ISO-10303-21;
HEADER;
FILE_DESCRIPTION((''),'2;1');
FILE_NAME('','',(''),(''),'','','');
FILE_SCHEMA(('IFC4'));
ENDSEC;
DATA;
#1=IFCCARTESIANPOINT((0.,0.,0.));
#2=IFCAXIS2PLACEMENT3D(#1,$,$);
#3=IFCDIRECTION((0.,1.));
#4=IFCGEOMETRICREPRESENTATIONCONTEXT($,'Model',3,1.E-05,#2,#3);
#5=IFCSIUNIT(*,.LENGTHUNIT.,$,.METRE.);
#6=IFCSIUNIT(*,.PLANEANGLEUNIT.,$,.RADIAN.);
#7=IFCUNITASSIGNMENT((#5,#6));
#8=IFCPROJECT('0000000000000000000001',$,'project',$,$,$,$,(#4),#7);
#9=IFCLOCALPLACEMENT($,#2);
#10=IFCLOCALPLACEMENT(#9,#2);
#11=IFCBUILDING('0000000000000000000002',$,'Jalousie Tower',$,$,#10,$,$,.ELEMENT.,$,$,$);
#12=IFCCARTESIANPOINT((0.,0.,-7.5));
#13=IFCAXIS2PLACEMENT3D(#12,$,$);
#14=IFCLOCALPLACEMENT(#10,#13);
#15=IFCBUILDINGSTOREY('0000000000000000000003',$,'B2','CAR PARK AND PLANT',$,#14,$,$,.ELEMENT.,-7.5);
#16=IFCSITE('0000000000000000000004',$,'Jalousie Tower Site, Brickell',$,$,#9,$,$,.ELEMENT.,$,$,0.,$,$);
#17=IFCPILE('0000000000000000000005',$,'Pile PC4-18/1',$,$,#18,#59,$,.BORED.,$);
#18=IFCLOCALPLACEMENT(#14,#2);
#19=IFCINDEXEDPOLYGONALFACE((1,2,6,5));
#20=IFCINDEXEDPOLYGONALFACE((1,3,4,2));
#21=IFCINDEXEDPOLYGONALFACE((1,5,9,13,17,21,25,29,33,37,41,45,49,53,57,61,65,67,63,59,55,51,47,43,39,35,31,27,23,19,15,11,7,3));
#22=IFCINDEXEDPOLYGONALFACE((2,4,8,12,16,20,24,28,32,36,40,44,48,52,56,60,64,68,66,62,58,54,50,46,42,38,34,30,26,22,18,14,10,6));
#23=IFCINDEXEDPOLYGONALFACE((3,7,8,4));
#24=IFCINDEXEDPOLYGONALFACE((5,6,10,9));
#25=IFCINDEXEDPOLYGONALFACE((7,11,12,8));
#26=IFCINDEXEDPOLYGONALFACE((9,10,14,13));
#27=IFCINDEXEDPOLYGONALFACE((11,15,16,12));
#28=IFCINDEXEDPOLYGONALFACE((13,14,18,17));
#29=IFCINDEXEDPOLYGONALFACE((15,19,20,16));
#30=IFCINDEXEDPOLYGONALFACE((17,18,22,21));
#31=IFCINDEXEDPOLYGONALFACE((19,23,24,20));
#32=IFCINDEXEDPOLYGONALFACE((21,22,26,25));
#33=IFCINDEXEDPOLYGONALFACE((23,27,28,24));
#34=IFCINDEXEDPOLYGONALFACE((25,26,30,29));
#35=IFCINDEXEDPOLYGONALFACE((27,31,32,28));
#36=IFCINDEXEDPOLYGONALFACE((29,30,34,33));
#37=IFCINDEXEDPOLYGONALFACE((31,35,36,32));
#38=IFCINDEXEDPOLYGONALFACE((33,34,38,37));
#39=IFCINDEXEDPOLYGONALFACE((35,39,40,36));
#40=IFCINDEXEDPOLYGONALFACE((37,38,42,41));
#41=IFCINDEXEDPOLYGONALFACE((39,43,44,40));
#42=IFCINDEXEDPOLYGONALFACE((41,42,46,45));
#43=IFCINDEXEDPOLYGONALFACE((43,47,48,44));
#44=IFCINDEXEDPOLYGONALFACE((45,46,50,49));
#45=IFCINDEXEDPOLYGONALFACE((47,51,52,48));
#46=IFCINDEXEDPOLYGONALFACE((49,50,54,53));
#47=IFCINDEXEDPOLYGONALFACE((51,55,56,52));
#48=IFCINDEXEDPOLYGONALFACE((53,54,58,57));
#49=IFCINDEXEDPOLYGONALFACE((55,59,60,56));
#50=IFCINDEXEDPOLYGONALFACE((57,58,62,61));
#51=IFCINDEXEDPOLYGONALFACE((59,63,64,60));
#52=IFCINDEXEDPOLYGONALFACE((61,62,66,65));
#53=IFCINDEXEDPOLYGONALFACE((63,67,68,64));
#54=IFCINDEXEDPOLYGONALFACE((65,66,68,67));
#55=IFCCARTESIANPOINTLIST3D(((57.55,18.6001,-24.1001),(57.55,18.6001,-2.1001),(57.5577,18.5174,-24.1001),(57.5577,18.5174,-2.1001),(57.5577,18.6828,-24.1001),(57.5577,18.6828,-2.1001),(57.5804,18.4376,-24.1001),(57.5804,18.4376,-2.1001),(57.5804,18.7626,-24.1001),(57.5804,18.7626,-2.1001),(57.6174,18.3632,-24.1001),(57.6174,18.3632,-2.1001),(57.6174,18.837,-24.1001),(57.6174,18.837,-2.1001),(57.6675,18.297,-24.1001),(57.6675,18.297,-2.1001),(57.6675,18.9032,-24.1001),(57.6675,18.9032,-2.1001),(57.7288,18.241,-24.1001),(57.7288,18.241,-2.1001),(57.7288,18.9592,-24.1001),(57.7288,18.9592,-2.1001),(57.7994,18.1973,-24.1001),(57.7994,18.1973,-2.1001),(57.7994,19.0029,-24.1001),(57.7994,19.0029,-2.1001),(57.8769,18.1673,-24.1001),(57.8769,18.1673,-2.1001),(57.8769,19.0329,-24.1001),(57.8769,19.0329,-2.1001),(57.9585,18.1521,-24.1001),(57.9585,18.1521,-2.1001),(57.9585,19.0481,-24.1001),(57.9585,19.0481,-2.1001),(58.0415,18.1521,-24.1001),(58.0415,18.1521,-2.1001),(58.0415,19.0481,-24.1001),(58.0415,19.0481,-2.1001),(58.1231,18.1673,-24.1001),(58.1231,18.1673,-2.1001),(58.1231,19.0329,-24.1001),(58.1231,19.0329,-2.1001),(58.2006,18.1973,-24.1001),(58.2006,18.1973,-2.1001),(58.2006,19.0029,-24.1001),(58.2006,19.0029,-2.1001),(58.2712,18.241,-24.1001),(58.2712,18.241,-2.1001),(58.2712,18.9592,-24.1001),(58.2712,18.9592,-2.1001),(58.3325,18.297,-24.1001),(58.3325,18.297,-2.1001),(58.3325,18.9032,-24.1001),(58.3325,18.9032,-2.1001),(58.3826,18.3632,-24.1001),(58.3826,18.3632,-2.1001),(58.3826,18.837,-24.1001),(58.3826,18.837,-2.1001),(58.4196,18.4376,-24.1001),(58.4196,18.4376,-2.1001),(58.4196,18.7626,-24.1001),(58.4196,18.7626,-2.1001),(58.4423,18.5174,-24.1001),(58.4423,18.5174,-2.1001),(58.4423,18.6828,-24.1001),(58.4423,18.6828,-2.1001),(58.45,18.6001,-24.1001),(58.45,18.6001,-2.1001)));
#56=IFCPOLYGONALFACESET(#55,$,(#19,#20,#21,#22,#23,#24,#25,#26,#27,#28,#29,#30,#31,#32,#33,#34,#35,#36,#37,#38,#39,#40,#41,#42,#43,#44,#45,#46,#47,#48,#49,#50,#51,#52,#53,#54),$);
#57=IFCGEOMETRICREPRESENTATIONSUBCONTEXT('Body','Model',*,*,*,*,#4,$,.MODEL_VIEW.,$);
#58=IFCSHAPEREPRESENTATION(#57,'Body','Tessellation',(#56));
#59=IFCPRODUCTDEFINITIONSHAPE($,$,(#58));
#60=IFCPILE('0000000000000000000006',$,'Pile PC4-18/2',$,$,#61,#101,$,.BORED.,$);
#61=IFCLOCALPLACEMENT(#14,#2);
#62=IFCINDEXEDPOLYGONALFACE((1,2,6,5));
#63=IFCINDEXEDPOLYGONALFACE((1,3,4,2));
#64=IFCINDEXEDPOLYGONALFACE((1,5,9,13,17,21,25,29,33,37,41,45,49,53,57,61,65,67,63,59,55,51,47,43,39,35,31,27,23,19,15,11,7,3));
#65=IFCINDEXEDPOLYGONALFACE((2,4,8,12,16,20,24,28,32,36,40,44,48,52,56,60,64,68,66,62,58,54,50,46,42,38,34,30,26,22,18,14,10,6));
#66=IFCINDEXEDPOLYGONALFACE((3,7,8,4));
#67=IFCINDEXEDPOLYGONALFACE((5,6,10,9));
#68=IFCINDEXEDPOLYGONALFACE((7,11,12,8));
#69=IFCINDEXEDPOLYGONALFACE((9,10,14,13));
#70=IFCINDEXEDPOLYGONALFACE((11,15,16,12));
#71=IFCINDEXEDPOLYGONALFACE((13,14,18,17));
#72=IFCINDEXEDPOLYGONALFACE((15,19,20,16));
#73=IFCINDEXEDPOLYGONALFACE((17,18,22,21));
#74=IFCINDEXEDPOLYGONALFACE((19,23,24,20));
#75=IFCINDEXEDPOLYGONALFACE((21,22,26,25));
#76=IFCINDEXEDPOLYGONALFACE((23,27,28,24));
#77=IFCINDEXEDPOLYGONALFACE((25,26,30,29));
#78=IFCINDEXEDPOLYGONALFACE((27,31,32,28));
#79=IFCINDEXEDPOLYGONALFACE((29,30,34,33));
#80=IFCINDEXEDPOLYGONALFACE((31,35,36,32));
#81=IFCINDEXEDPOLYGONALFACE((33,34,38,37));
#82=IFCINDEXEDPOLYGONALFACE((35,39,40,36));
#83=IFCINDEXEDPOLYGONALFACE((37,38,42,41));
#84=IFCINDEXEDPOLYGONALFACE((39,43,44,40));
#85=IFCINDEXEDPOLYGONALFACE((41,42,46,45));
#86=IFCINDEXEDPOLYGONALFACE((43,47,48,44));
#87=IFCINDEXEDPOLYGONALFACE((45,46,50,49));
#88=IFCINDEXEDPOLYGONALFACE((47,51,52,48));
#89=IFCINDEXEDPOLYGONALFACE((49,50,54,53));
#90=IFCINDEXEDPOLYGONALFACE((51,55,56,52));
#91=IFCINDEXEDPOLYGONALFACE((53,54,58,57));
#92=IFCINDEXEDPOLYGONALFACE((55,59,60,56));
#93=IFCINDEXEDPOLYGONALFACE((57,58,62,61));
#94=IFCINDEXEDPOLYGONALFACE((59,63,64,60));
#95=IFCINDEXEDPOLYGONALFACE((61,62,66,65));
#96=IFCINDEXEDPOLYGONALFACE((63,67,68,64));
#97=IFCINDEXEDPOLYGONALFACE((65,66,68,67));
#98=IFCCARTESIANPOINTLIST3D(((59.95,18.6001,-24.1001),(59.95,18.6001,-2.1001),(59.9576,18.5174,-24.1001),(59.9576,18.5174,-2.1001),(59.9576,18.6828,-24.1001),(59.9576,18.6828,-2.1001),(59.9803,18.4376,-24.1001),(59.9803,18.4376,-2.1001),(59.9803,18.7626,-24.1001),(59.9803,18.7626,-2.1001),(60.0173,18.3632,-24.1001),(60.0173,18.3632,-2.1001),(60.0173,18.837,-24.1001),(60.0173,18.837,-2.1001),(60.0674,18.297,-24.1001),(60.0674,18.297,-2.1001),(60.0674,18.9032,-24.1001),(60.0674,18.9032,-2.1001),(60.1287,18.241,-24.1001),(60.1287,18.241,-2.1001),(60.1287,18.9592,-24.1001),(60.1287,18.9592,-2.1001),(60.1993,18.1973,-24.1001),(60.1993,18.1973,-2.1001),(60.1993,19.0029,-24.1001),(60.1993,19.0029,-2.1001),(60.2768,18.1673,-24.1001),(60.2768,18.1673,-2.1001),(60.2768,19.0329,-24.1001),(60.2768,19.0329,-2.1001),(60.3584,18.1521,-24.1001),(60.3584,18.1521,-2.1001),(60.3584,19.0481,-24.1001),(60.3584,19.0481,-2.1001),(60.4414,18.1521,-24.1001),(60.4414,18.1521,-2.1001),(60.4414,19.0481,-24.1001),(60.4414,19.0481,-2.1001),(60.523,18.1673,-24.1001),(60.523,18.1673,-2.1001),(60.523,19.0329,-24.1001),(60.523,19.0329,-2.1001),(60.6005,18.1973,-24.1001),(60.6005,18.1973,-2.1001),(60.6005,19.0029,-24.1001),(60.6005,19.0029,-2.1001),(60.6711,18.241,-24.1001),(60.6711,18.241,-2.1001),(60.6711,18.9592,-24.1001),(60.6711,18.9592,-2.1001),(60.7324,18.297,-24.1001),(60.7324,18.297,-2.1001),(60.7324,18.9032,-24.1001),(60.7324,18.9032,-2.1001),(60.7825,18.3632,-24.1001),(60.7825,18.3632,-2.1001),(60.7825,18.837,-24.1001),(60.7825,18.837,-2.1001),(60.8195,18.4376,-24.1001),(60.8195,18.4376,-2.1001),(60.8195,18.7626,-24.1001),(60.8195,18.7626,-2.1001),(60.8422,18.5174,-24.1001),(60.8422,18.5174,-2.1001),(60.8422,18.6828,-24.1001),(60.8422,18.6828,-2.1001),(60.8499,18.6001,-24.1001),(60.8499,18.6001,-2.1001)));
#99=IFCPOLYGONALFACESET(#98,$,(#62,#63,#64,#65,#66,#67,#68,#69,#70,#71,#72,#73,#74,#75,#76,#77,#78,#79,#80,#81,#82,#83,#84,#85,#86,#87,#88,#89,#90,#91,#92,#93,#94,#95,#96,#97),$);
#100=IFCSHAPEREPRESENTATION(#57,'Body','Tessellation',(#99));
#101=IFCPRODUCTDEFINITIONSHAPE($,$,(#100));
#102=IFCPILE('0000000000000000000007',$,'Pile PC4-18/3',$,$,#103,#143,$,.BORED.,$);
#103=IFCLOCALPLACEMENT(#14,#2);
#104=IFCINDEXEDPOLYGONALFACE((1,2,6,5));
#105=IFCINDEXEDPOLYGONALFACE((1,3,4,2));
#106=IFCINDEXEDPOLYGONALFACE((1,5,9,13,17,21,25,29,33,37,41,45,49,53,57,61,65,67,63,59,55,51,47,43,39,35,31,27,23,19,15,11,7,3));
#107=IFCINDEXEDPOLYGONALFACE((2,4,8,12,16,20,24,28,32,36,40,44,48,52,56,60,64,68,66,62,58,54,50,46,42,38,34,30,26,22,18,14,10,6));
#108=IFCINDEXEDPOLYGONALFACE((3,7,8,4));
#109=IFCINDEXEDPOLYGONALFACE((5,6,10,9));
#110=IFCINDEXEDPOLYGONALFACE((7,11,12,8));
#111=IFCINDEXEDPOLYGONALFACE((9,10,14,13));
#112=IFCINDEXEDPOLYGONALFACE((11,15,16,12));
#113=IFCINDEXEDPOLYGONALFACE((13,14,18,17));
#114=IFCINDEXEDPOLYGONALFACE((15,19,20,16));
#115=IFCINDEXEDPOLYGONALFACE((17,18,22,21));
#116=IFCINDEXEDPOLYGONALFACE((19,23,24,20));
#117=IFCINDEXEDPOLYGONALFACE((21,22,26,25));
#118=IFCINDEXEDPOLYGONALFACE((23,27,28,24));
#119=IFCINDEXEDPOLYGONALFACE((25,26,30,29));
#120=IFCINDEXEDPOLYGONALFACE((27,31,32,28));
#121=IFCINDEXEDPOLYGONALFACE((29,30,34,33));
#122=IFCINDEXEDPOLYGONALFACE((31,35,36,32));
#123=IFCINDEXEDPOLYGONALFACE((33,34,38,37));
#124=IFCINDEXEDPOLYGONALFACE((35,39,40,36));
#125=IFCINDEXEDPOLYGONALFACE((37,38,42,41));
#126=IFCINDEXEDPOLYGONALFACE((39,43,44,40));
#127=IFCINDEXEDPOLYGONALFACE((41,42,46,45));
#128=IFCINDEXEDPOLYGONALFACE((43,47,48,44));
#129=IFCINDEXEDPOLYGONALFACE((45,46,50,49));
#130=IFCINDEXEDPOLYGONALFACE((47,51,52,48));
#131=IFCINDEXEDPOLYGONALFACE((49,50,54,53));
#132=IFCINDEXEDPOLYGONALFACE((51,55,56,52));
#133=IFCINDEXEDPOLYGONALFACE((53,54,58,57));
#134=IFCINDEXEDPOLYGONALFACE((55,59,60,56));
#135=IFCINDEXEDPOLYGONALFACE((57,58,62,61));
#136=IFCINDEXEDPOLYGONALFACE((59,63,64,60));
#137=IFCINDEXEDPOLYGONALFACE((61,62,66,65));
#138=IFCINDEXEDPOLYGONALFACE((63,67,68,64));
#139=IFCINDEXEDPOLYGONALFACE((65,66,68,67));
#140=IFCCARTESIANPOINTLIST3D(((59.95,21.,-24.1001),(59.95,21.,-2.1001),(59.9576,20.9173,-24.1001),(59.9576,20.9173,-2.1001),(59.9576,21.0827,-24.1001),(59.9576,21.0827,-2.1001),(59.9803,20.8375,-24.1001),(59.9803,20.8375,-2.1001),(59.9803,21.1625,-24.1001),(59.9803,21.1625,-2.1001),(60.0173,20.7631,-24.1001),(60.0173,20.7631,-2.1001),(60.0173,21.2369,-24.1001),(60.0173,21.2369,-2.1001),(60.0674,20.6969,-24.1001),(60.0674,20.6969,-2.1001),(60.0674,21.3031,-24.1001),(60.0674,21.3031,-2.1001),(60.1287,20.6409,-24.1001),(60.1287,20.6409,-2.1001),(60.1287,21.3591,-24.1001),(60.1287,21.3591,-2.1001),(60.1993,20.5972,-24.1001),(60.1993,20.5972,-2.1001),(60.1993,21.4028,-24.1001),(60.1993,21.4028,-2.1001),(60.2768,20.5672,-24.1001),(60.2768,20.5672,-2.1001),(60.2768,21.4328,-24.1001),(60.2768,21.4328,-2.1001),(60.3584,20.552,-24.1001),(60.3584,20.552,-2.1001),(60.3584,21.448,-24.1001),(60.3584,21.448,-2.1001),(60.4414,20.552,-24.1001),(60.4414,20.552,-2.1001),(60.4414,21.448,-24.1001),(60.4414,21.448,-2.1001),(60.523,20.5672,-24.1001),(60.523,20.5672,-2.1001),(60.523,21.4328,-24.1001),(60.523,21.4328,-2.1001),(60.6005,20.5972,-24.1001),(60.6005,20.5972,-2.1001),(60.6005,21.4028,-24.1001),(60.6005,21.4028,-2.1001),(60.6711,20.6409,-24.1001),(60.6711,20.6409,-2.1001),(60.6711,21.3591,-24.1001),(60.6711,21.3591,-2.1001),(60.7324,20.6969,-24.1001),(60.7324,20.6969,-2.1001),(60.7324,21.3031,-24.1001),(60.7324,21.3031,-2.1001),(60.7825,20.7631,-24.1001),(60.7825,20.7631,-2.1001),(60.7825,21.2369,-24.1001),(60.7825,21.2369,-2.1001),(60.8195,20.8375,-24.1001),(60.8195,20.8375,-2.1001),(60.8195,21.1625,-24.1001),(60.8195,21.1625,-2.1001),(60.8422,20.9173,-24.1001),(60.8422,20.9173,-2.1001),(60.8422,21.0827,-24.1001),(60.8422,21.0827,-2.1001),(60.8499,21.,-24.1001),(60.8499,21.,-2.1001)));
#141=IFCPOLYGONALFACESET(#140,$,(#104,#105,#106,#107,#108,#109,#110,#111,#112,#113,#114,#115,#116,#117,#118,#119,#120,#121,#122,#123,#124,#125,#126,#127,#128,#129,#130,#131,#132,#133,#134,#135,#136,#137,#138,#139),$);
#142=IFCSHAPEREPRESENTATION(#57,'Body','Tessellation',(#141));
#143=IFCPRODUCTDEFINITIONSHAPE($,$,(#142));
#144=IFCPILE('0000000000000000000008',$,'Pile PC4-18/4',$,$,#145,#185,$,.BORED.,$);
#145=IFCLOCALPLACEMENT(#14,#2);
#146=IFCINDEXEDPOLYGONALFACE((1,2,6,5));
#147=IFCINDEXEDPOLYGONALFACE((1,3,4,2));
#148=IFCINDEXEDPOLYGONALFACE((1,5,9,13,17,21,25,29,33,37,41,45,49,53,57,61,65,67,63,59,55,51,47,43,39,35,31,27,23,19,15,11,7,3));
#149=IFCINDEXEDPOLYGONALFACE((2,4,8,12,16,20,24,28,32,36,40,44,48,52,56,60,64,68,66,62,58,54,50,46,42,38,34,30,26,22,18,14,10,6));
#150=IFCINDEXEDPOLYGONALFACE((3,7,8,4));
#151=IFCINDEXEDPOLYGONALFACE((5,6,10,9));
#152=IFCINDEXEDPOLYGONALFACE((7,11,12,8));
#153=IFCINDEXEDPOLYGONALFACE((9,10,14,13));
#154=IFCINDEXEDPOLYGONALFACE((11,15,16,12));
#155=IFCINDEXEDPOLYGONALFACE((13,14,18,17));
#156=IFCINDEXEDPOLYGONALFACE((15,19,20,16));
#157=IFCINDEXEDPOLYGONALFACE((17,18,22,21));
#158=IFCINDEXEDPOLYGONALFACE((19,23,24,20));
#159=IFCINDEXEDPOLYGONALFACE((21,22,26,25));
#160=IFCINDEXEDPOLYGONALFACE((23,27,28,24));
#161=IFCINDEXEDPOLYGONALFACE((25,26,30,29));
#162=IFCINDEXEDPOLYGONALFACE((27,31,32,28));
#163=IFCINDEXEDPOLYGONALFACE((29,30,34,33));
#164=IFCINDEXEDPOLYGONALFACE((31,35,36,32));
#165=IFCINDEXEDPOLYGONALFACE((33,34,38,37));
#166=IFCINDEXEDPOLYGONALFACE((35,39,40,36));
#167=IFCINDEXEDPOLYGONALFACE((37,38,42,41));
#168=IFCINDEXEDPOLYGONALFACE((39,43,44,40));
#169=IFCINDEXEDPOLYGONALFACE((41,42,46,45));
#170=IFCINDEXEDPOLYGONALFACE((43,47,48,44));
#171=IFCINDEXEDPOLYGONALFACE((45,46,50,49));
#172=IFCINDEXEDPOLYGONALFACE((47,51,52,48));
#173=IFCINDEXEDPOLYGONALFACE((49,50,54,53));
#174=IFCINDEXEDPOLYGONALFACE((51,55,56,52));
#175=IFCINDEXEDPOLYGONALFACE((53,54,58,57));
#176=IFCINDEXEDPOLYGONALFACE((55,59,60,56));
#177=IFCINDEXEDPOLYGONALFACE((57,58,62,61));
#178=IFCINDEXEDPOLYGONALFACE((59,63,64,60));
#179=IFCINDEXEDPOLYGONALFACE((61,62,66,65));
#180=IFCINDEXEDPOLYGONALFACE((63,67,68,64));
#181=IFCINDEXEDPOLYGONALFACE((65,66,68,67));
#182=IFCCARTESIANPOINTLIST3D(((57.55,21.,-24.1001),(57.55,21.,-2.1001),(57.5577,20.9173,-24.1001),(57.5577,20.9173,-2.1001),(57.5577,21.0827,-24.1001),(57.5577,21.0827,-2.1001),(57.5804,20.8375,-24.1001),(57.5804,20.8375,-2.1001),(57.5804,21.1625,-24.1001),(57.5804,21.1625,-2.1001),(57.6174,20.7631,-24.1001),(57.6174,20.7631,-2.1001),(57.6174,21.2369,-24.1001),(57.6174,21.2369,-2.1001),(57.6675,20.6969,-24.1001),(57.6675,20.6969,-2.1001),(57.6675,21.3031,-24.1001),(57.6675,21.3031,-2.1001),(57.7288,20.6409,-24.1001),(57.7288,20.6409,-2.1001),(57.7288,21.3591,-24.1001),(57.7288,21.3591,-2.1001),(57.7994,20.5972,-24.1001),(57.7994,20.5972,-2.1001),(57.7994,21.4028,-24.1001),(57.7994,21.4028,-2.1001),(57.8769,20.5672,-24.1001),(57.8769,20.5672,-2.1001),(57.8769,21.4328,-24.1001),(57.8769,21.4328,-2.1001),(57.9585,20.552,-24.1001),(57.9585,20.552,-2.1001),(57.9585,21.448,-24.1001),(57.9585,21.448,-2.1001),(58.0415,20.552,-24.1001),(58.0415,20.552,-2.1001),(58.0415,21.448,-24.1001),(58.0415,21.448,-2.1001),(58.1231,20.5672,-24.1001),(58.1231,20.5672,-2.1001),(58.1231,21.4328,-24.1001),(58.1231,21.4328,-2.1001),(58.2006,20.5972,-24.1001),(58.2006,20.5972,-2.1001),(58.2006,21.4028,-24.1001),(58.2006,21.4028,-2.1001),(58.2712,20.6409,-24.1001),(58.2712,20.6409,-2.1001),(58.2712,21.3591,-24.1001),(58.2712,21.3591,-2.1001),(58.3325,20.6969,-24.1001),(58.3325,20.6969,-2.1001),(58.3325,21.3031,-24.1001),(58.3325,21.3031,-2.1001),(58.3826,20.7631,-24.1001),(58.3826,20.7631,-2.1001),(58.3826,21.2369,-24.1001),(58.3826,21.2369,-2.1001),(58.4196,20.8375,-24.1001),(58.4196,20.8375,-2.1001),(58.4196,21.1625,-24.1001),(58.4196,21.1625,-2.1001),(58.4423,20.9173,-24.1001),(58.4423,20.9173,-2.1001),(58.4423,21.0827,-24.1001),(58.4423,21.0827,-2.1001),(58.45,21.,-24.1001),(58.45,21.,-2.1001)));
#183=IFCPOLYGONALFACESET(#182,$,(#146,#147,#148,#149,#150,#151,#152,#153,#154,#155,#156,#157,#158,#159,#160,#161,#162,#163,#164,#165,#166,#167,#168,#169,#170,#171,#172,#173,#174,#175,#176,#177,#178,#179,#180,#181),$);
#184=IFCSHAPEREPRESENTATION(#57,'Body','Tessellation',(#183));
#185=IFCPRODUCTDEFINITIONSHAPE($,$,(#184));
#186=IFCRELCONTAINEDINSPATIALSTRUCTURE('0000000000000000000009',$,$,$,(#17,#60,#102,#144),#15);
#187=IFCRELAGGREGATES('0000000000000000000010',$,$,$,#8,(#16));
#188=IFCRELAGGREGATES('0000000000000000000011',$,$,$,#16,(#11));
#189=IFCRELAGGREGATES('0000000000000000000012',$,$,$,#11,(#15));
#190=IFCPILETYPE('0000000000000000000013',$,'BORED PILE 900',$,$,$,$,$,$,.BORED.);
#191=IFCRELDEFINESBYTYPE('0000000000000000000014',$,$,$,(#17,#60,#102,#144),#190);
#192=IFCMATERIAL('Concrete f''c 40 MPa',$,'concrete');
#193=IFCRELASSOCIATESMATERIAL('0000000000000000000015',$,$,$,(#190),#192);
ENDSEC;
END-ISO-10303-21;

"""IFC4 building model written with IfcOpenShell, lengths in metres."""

from ifc_helpers import new_model, si_unit, direction, frame, origin, origin_2d, place, context, subcontext, project, spatial, circle, extrude, material, material_profile, profile_set, type_object, element, save


model = new_model("IFC4")

# Units and contexts
model_context = context("Model", 3, precision=1e-05, world=origin(), true_north=direction((0.0, 1.0)))
body_context = subcontext(model_context, "Body", "Model", "MODEL_VIEW")
ifc_project = project(units=[si_unit("LENGTHUNIT", "METRE"), si_unit("PLANEANGLEUNIT", "RADIAN")], contexts=[model_context])

# Site, building, storey
site_placement = place(None, origin())
site = spatial("IfcSite", under=ifc_project, at=site_placement, Name="Jalousie Tower Site, Brickell", CompositionType="ELEMENT", RefElevation=0.0)
building_placement = place(site_placement, origin())
building = spatial("IfcBuilding", under=site, at=building_placement, Name="Jalousie Tower", CompositionType="ELEMENT")
storey_placement = place(building_placement, frame((0.0, 0.0, -7.5)))
storey = spatial("IfcBuildingStorey", under=building, at=storey_placement, Name="B2", Description="CAR PARK AND PLANT", CompositionType="ELEMENT", Elevation=-7.5)

# Piles
ifc_material_1 = material(Name="Concrete f'c 40 MPa", Category="concrete")
ifc_material_profile_1 = material_profile(ifc_material_1, circle(Radius=0.45, at=origin_2d()), Name="BORED PILE D900")
ifc_profile_set_1 = profile_set([ifc_material_profile_1], Name="Concrete f'c 40 MPa")
pile_type = type_object("IfcPileType", Name="BORED PILE 900", PredefinedType="BORED", material=ifc_profile_set_1)
for number, where, z_axis, x_axis, name in (
    (1, (58.0, 18.6001, -2.1001), (0.0, 0.0, -1.0), (1.0, 0.0, 0.0), "Pile PC4-18/1"),
    (2, (60.3999, 18.6001, -2.1001), (0.0, 0.0, -1.0), (1.0, 0.0, 0.0), "Pile PC4-18/2"),
    (3, (60.3999, 21.0, -2.1001), (0.0, 0.0, -1.0), (1.0, 0.0, 0.0), "Pile PC4-18/3"),
    (4, (58.0, 21.0, -2.1001), (0.0, 0.0, -1.0), (1.0, 0.0, 0.0), "Pile PC4-18/4"),
):
    element("IfcPile", number, at=place(storey_placement, frame(where, z_axis=z_axis, x_axis=x_axis)), inside=storey, type_object=pile_type, Name=name, PredefinedType="BORED", context=body_context, shape_type="SweptSolid", body=[
        extrude(circle(Radius=0.45, at=origin_2d()), origin(), (0.0, 0.0, 1.0), 22.0),
    ])

save(model, "model.ifc")
